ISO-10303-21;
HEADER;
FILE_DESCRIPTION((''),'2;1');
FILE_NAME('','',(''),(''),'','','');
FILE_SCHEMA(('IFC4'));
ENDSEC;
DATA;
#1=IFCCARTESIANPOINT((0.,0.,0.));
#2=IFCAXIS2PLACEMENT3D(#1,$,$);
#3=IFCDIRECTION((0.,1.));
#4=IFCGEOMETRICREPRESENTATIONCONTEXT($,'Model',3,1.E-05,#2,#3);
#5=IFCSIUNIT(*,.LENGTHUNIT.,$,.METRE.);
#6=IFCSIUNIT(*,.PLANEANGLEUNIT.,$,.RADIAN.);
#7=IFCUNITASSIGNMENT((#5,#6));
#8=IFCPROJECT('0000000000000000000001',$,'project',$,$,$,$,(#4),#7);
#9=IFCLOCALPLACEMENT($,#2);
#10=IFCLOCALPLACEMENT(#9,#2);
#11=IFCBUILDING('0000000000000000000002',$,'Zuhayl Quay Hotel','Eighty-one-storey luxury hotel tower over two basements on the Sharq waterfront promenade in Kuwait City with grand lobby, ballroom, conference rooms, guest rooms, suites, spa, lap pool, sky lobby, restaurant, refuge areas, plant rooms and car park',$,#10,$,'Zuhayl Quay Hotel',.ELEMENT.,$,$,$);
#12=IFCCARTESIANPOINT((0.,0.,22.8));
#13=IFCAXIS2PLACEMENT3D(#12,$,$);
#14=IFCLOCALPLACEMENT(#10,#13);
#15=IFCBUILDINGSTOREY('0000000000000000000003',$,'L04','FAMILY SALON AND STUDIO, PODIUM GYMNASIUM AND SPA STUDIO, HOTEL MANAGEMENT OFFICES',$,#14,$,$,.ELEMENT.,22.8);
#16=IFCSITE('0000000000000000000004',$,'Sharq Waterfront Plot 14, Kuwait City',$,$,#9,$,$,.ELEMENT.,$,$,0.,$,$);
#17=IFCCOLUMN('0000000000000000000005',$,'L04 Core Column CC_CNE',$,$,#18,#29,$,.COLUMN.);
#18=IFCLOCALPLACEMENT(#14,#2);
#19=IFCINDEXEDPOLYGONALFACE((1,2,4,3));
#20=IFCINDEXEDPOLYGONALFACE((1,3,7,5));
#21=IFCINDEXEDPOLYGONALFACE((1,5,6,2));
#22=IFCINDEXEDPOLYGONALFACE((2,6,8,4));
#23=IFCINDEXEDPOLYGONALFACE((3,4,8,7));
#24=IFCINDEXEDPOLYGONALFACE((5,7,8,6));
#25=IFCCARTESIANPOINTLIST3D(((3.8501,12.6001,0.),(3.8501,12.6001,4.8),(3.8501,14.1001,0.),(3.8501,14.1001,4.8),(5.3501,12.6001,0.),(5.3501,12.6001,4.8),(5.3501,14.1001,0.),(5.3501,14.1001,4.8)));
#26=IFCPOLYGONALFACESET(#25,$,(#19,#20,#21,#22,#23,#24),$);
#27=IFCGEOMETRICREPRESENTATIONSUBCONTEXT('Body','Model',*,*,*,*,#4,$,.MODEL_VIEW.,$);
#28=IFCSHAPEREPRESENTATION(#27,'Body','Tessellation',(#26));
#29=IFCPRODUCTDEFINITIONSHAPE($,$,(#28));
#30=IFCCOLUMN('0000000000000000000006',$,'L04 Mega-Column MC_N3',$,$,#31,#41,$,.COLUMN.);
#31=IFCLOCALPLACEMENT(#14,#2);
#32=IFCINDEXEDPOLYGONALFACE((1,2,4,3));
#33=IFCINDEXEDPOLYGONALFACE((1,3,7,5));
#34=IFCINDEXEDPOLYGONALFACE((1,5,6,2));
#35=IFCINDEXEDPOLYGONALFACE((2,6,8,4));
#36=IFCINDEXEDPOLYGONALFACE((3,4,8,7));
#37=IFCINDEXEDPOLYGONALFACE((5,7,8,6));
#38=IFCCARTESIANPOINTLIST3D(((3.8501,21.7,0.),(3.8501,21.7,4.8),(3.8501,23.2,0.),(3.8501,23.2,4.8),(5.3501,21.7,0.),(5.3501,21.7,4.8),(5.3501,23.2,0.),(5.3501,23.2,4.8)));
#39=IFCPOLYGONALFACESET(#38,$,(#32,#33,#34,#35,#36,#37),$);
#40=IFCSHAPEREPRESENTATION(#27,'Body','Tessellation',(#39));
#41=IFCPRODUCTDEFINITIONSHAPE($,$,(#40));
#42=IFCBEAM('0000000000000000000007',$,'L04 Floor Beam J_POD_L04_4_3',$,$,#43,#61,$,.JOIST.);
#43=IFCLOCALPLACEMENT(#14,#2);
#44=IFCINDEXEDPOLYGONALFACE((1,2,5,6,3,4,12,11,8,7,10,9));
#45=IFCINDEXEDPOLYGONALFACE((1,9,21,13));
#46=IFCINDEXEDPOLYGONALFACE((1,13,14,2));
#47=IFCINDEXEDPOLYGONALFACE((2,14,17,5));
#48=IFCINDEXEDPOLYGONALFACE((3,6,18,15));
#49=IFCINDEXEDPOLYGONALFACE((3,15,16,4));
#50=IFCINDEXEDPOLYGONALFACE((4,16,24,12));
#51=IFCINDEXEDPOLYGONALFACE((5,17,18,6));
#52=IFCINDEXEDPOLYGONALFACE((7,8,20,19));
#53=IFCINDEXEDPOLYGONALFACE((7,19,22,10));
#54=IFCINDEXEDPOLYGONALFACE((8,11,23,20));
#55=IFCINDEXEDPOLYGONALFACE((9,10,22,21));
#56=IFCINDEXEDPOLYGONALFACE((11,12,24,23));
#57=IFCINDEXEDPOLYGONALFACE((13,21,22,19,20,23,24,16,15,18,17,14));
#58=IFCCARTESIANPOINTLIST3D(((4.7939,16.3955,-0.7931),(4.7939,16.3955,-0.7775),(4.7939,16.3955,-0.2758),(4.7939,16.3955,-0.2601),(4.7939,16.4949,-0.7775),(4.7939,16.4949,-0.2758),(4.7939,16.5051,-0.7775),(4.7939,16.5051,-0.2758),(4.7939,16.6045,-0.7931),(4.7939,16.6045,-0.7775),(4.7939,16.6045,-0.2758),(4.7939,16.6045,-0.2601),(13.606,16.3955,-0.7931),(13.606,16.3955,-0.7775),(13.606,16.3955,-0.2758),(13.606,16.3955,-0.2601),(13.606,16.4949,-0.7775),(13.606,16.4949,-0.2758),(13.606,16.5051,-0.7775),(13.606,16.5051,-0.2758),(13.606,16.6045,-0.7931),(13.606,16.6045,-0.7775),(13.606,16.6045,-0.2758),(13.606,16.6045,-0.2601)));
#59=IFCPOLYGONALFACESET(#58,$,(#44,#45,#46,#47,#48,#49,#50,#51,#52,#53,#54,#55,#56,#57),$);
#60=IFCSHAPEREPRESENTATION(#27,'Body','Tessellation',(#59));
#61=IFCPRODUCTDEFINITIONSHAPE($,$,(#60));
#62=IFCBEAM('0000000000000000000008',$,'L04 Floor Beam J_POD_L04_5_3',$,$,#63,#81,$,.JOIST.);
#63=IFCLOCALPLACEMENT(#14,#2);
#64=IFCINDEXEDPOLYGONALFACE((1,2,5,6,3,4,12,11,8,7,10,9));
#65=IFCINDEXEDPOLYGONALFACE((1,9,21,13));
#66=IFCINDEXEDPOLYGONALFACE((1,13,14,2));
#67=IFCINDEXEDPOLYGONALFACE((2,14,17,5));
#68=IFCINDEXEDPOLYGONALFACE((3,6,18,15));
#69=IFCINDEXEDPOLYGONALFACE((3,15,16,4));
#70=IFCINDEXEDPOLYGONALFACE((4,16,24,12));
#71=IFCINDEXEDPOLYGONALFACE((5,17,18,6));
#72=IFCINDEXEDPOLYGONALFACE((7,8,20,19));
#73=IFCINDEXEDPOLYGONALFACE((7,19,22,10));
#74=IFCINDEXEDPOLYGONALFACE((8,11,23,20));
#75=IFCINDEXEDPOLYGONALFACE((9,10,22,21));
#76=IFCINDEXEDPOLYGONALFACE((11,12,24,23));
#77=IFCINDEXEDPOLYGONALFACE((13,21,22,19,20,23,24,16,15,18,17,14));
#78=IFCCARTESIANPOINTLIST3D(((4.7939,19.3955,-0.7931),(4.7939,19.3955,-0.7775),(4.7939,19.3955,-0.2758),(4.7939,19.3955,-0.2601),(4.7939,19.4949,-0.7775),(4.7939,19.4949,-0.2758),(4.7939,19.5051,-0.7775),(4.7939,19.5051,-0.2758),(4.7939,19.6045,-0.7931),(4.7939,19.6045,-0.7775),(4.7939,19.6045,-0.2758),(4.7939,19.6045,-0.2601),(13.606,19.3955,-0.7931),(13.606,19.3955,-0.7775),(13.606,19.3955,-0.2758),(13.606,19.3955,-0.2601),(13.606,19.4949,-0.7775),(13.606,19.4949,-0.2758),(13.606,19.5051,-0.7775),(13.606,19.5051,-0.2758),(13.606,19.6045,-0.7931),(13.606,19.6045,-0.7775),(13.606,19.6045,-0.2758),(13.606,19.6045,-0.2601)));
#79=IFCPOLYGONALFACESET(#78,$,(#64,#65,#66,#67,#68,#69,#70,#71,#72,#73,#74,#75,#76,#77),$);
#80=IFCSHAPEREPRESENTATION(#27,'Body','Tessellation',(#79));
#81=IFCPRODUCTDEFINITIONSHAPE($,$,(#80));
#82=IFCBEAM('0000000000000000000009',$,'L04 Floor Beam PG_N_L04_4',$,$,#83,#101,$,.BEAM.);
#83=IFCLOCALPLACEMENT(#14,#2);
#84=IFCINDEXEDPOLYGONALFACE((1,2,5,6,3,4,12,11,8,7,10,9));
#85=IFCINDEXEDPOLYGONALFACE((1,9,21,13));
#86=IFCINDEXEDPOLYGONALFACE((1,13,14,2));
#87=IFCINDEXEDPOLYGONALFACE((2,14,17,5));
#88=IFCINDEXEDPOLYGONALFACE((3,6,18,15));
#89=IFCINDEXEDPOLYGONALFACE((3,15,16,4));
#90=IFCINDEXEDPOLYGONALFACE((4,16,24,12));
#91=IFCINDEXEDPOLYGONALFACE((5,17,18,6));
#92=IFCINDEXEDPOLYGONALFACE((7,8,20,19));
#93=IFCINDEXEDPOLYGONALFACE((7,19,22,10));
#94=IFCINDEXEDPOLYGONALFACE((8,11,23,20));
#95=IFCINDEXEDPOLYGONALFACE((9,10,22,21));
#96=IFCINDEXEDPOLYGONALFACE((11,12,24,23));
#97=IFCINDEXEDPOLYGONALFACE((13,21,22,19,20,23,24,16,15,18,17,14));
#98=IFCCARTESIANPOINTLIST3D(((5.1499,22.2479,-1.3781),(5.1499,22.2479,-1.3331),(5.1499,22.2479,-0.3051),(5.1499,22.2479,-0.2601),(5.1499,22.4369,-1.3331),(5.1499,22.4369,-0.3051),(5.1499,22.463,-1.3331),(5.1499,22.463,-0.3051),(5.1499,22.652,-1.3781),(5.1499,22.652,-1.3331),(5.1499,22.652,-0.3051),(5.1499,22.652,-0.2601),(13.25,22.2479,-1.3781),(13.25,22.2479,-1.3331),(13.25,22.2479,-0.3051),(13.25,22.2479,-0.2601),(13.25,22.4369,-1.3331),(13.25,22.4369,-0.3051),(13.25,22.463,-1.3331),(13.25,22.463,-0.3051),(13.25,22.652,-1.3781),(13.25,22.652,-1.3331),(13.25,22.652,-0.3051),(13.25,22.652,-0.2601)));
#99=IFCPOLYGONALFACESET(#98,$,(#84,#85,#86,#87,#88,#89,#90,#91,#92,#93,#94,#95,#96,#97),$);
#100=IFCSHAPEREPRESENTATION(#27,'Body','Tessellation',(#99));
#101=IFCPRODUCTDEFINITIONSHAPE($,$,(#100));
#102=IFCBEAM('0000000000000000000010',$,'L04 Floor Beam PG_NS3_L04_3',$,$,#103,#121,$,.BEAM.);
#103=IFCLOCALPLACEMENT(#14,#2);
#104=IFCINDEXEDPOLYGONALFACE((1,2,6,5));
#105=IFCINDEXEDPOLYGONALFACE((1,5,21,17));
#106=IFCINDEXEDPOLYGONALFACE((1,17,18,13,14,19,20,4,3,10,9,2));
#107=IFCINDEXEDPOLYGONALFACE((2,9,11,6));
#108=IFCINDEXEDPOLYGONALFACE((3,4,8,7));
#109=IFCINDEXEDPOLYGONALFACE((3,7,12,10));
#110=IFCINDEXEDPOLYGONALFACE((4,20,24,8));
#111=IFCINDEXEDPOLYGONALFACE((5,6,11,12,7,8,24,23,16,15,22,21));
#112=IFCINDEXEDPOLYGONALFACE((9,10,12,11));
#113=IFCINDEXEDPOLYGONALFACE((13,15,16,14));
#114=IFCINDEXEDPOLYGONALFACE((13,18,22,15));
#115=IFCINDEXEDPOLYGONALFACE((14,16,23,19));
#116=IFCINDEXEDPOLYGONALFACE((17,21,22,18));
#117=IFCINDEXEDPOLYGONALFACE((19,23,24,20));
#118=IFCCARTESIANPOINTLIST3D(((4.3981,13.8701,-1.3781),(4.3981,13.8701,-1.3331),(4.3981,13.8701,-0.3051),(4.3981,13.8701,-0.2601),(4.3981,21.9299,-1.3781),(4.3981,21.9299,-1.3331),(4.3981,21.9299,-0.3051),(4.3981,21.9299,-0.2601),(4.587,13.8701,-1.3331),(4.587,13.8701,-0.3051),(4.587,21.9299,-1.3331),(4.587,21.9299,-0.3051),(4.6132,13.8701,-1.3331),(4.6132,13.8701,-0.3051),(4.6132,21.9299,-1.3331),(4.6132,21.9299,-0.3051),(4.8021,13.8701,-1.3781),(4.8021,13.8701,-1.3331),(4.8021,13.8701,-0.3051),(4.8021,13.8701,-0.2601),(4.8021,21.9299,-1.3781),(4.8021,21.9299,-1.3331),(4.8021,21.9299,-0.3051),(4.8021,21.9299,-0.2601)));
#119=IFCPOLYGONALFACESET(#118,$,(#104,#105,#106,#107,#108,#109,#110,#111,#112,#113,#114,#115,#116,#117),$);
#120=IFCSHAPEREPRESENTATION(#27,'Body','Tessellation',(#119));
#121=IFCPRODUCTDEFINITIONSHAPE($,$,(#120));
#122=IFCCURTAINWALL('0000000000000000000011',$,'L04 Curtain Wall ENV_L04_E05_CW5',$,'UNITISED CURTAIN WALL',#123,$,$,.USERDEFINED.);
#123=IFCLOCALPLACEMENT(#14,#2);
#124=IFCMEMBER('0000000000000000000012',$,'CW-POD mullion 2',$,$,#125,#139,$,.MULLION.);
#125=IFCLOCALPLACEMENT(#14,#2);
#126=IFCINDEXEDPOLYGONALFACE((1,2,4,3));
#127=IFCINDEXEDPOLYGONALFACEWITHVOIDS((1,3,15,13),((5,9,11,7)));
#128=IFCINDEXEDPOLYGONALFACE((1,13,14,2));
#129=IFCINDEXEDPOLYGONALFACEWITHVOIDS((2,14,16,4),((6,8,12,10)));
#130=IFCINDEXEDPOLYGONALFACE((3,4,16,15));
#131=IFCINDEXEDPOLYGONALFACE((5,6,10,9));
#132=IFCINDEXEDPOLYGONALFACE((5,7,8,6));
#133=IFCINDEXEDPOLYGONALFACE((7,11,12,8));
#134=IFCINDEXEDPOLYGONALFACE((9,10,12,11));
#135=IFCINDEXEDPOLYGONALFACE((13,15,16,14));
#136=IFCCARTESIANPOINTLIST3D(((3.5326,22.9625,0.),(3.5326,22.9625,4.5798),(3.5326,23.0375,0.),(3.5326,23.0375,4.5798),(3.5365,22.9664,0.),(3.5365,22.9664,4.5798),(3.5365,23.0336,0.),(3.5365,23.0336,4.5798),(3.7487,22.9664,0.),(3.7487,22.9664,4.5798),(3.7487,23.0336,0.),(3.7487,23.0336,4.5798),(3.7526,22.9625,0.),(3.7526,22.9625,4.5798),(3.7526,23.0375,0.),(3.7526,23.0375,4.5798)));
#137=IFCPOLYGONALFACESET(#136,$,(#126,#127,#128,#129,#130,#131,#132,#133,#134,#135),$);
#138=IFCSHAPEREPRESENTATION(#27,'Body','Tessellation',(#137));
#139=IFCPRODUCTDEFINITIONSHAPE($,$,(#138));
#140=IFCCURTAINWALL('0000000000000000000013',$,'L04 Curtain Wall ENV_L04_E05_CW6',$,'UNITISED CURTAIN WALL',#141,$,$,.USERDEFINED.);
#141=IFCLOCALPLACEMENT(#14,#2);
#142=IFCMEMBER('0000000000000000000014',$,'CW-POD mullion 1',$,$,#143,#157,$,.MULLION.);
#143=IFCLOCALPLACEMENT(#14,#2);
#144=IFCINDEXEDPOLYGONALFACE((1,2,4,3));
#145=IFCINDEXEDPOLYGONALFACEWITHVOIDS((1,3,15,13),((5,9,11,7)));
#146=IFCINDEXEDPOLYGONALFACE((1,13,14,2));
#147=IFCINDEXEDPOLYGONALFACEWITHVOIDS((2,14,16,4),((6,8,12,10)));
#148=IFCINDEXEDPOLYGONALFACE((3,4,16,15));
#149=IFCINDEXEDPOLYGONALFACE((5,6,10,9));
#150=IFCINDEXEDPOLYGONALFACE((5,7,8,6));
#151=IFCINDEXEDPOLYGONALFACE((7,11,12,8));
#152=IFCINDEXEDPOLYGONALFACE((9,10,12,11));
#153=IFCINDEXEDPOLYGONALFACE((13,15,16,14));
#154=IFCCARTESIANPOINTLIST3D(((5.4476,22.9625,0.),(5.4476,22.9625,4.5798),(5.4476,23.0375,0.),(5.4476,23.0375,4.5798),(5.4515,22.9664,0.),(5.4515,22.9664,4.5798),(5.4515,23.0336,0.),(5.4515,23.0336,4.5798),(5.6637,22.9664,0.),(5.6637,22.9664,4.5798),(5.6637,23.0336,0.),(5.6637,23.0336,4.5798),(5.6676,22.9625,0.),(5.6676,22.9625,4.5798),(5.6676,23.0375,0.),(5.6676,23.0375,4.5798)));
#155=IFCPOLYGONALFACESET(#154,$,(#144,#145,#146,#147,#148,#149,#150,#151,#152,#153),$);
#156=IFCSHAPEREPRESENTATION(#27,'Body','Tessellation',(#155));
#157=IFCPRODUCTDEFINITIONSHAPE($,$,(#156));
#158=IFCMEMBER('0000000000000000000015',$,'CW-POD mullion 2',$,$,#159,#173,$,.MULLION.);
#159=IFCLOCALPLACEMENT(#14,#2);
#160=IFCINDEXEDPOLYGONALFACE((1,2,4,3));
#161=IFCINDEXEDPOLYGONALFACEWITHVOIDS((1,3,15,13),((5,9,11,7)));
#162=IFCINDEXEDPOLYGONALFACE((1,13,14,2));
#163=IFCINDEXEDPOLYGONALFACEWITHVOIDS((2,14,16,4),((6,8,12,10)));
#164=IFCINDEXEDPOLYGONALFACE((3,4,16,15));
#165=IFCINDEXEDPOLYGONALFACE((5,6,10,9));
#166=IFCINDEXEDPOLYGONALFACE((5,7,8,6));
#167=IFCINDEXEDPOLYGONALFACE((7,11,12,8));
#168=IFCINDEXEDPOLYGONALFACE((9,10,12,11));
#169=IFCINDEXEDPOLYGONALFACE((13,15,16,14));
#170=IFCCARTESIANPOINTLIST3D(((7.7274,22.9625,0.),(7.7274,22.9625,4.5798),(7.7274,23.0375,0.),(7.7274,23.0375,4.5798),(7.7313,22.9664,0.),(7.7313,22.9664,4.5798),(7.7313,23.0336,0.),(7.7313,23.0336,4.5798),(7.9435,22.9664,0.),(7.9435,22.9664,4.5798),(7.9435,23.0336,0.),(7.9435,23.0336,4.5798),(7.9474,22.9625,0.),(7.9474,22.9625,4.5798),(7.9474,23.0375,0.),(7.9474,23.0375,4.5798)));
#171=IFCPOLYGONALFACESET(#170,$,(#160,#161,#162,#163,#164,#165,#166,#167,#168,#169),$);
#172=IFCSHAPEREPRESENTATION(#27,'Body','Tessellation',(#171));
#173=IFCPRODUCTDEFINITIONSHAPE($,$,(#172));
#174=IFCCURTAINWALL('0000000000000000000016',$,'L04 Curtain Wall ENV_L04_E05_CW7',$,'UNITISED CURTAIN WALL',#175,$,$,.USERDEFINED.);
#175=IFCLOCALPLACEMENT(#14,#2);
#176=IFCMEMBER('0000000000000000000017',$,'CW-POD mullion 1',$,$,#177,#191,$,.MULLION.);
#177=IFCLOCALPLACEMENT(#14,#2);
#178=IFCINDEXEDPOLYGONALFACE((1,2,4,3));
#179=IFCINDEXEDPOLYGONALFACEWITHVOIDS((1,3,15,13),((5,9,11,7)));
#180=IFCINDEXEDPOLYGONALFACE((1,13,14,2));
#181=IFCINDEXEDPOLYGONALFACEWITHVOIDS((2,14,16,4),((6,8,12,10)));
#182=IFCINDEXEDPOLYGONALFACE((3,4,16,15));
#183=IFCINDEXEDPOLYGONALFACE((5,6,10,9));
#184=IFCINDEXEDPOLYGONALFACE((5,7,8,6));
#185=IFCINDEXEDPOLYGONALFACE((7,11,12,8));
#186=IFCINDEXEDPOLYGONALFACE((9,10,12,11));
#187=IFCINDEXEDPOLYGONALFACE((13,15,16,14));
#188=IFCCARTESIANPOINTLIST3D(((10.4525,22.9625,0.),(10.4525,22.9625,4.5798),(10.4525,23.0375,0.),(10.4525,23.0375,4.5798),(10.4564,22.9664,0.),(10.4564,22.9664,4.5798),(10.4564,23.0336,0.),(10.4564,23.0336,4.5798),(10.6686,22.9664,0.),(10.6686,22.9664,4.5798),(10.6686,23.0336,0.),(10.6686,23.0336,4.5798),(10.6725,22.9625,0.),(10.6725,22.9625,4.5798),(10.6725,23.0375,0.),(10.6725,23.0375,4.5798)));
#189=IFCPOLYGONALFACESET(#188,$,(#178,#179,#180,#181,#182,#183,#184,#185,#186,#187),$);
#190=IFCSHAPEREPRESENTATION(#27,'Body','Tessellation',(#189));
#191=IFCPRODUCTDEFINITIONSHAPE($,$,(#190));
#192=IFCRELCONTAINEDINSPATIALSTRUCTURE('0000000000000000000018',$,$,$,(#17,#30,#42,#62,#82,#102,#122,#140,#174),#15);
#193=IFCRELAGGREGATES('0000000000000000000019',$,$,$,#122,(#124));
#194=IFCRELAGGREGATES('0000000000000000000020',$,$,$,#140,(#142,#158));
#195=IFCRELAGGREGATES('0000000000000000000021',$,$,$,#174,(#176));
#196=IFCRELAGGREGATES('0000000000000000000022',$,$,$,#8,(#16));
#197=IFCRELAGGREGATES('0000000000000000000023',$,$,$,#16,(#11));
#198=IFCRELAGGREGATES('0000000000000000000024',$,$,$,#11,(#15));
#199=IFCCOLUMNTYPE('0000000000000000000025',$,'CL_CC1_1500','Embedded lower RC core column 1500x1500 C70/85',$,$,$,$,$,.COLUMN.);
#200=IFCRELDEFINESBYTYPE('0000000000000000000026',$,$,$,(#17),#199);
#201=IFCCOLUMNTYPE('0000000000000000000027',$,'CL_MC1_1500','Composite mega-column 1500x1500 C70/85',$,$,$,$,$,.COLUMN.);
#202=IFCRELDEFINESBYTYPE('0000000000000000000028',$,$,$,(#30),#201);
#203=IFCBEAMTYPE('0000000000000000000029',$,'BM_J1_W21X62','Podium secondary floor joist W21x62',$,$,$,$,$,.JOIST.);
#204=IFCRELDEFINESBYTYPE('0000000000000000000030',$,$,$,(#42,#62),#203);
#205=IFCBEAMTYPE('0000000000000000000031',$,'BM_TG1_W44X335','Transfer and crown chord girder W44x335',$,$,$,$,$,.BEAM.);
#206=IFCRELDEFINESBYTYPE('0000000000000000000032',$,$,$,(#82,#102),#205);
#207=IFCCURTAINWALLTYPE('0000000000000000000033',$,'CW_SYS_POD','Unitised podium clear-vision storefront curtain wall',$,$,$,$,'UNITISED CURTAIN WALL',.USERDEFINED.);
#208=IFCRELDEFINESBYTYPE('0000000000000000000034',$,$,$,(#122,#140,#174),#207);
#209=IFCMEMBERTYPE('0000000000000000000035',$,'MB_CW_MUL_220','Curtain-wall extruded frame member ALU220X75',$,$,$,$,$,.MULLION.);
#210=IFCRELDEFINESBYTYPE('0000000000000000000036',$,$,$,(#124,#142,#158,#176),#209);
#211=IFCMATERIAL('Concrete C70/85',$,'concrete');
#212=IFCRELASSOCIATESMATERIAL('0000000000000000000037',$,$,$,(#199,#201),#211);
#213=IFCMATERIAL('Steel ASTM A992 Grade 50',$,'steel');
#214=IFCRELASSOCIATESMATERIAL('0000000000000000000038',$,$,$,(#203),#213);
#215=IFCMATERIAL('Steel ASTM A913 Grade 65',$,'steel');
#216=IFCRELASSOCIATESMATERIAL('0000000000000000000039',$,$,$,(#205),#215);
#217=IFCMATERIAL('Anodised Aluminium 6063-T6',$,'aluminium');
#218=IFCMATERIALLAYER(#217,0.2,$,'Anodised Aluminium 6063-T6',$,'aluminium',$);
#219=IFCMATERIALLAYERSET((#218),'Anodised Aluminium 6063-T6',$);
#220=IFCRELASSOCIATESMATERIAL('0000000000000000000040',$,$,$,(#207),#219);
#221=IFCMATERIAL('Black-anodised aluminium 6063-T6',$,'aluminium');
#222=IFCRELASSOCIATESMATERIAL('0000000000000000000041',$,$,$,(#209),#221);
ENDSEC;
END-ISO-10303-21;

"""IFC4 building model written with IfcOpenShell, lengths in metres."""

from ifc_helpers import new_model, si_unit, direction, frame, origin, origin_2d, place, context, subcontext, project, spatial, rectangle, hollow_rectangle, i_section, extrude, material, layer, layer_set, material_profile, profile_set, type_object, element, aggregate, save


model = new_model("IFC4")

# Units and contexts
model_context = context("Model", 3, precision=1e-05, world=origin(), true_north=direction((0.0, 1.0)))
body_context = subcontext(model_context, "Body", "Model", "MODEL_VIEW")
ifc_project = project(units=[si_unit("LENGTHUNIT", "METRE"), si_unit("PLANEANGLEUNIT", "RADIAN")], contexts=[model_context])

# Site, building, storey
site_placement = place(None, origin())
site = spatial("IfcSite", under=ifc_project, at=site_placement, Name="Sharq Waterfront Plot 14, Kuwait City", CompositionType="ELEMENT", RefElevation=0.0)
building_placement = place(site_placement, origin())
building = spatial("IfcBuilding", under=site, at=building_placement, Name="Zuhayl Quay Hotel", Description="Eighty-one-storey luxury hotel tower over two basements on the Sharq waterfront promenade in Kuwait City with grand lobby, ballroom, conference rooms, guest rooms, suites, spa, lap pool, sky lobby, restaurant, refuge areas, plant rooms and car park", LongName="Zuhayl Quay Hotel", CompositionType="ELEMENT")
storey_placement = place(building_placement, frame((0.0, 0.0, 22.8)))
storey = spatial("IfcBuildingStorey", under=building, at=storey_placement, Name="L04", Description="FAMILY SALON AND STUDIO, PODIUM GYMNASIUM AND SPA STUDIO, HOTEL MANAGEMENT OFFICES", CompositionType="ELEMENT", Elevation=22.8)

# Columns
ifc_material_1 = material(Name="Concrete C70/85", Category="concrete")
ifc_material_profile_1 = material_profile(ifc_material_1, rectangle(XDim=1.5, YDim=1.5, at=origin_2d()), Name="RC1500X1500")
ifc_profile_set_1 = profile_set([ifc_material_profile_1], Name="Concrete C70/85")
column_type_1 = type_object("IfcColumnType", Name="CL_CC1_1500", Description="Embedded lower RC core column 1500x1500 C70/85", PredefinedType="COLUMN", material=ifc_profile_set_1)
column_1_placement = place(storey_placement, frame((4.6001, 13.3501, 0.0), z_axis=(0.0, 0.0, 1.0), x_axis=(1.0, 0.0, 0.0)))
element("IfcColumn", 1, at=column_1_placement, inside=storey, type_object=column_type_1, Name="L04 Core Column CC_CNE", PredefinedType="COLUMN", context=body_context, shape_type="SweptSolid", body=[
    extrude(rectangle(XDim=1.5, YDim=1.5, at=origin_2d()), origin(), (0.0, 0.0, 1.0), 4.8),
])
ifc_material_profile_2 = material_profile(ifc_material_1, rectangle(XDim=1.5, YDim=1.5, at=origin_2d()), Name="RC1500X1500")
ifc_profile_set_2 = profile_set([ifc_material_profile_2], Name="Concrete C70/85")
column_type_2 = type_object("IfcColumnType", Name="CL_MC1_1500", Description="Composite mega-column 1500x1500 C70/85", PredefinedType="COLUMN", material=ifc_profile_set_2)
column_2_placement = place(storey_placement, frame((4.6001, 22.45, 0.0), z_axis=(0.0, 0.0, 1.0), x_axis=(1.0, 0.0, 0.0)))
element("IfcColumn", 2, at=column_2_placement, inside=storey, type_object=column_type_2, Name="L04 Mega-Column MC_N3", PredefinedType="COLUMN", context=body_context, shape_type="SweptSolid", body=[
    extrude(rectangle(XDim=1.5, YDim=1.5, at=origin_2d()), origin(), (0.0, 0.0, 1.0), 4.8),
])

# Beams
ifc_material_2 = material(Name="Steel ASTM A992 Grade 50", Category="steel")
ifc_material_profile_3 = material_profile(ifc_material_2, i_section(OverallWidth=0.209, OverallDepth=0.533, WebThickness=0.0103, FlangeThickness=0.0156, at=origin_2d()), Name="W21X62")
ifc_profile_set_3 = profile_set([ifc_material_profile_3], Name="Steel ASTM A992 Grade 50")
beam_type_1 = type_object("IfcBeamType", Name="BM_J1_W21X62", Description="Podium secondary floor joist W21x62", PredefinedType="JOIST", material=ifc_profile_set_3)
for number, where, z_axis, x_axis, name in (
    (3, (4.7939, 16.5, -0.5266), (1.0, 0.0, 0.0), (0.0, 1.0, 0.0), "L04 Floor Beam J_POD_L04_4_3"),
    (4, (4.7939, 19.5, -0.5266), (1.0, 0.0, 0.0), (0.0, 1.0, 0.0), "L04 Floor Beam J_POD_L04_5_3"),
):
    element("IfcBeam", number, at=place(storey_placement, frame(where, z_axis=z_axis, x_axis=x_axis)), inside=storey, type_object=beam_type_1, Name=name, PredefinedType="JOIST", context=body_context, shape_type="SweptSolid", body=[
        extrude(i_section(OverallWidth=0.209, OverallDepth=0.533, WebThickness=0.0103, FlangeThickness=0.0156, at=origin_2d()), origin(), (0.0, 0.0, 1.0), 8.812),
    ])
ifc_material_3 = material(Name="Steel ASTM A913 Grade 65", Category="steel")
ifc_material_profile_4 = material_profile(ifc_material_3, i_section(OverallWidth=0.4041, OverallDepth=1.1179, WebThickness=0.0261, FlangeThickness=0.0449, at=origin_2d()), Name="W44X335")
ifc_profile_set_4 = profile_set([ifc_material_profile_4], Name="Steel ASTM A913 Grade 65")
beam_type_2 = type_object("IfcBeamType", Name="BM_TG1_W44X335", Description="Transfer and crown chord girder W44x335", PredefinedType="BEAM", material=ifc_profile_set_4)
beam_1_placement = place(storey_placement, frame((5.1499, 22.45, -0.8191), z_axis=(1.0, 0.0, 0.0), x_axis=(0.0, 1.0, 0.0)))
element("IfcBeam", 5, at=beam_1_placement, inside=storey, type_object=beam_type_2, Name="L04 Floor Beam PG_N_L04_4", PredefinedType="BEAM", context=body_context, shape_type="SweptSolid", body=[
    extrude(i_section(OverallWidth=0.4041, OverallDepth=1.1179, WebThickness=0.0261, FlangeThickness=0.0449, at=origin_2d()), origin(), (0.0, 0.0, 1.0), 8.1001),
])
beam_2_placement = place(storey_placement, frame((4.6001, 13.8701, -0.8191), z_axis=(0.0, 1.0, 0.0), x_axis=(-1.0, 0.0, 0.0)))
element("IfcBeam", 6, at=beam_2_placement, inside=storey, type_object=beam_type_2, Name="L04 Floor Beam PG_NS3_L04_3", PredefinedType="BEAM", context=body_context, shape_type="SweptSolid", body=[
    extrude(i_section(OverallWidth=0.4041, OverallDepth=1.1179, WebThickness=0.0261, FlangeThickness=0.0449, at=origin_2d()), origin(), (0.0, 0.0, 1.0), 8.0598),
])

# Curtain wall, member
ifc_material_4 = material(Name="Anodised Aluminium 6063-T6", Category="aluminium")
ifc_layer_1 = layer(ifc_material_4, 0.2, Name="Anodised Aluminium 6063-T6", Category="aluminium")
ifc_layer_set_1 = layer_set([ifc_layer_1], Name="Anodised Aluminium 6063-T6")
curtain_wall_type = type_object("IfcCurtainWallType", Name="CW_SYS_POD", Description="Unitised podium clear-vision storefront curtain wall", ElementType="UNITISED CURTAIN WALL", PredefinedType="USERDEFINED", material=ifc_layer_set_1)
curtain_wall_1_placement = place(storey_placement, origin())
curtain_wall_1 = element("IfcCurtainWall", 7, at=curtain_wall_1_placement, inside=storey, type_object=curtain_wall_type, Name="L04 Curtain Wall ENV_L04_E05_CW5", ObjectType="UNITISED CURTAIN WALL", PredefinedType="USERDEFINED")
ifc_material_5 = material(Name="Black-anodised aluminium 6063-T6", Category="aluminium")
ifc_material_profile_5 = material_profile(ifc_material_5, hollow_rectangle(XDim=0.075, YDim=0.22, WallThickness=0.0039, at=origin_2d()), Name="ALU220X75")
ifc_profile_set_5 = profile_set([ifc_material_profile_5], Name="Black-anodised aluminium 6063-T6")
member_type_1 = type_object("IfcMemberType", Name="MB_CW_MUL_220", Description="Curtain-wall extruded frame member ALU220X75", PredefinedType="MULLION", material=ifc_profile_set_5)
member_1_placement = place(storey_placement, frame((3.6426, 23.0, 0.0), z_axis=(0.0, 0.0, 1.0), x_axis=(0.0, 1.0, 0.0)))
member_1 = element("IfcMember", 8, at=member_1_placement, type_object=member_type_1, Name="CW-POD mullion 2", PredefinedType="MULLION", context=body_context, shape_type="SweptSolid", body=[
    extrude(hollow_rectangle(XDim=0.075, YDim=0.22, WallThickness=0.0039, at=origin_2d()), origin(), (0.0, 0.0, 1.0), 4.5798),
])

# Curtain wall, members
curtain_wall_2_placement = place(storey_placement, origin())
curtain_wall_2 = element("IfcCurtainWall", 9, at=curtain_wall_2_placement, inside=storey, type_object=curtain_wall_type, Name="L04 Curtain Wall ENV_L04_E05_CW6", ObjectType="UNITISED CURTAIN WALL", PredefinedType="USERDEFINED")
member_2_placement = place(storey_placement, frame((5.5576, 23.0, 0.0), z_axis=(0.0, 0.0, 1.0), x_axis=(0.0, 1.0, 0.0)))
member_2 = element("IfcMember", 10, at=member_2_placement, type_object=member_type_1, Name="CW-POD mullion 1", PredefinedType="MULLION", context=body_context, shape_type="SweptSolid", body=[
    extrude(hollow_rectangle(XDim=0.075, YDim=0.22, WallThickness=0.0039, at=origin_2d()), origin(), (0.0, 0.0, 1.0), 4.5798),
])
member_3_placement = place(storey_placement, frame((7.8374, 23.0, 0.0), z_axis=(0.0, 0.0, 1.0), x_axis=(0.0, 1.0, 0.0)))
member_3 = element("IfcMember", 11, at=member_3_placement, type_object=member_type_1, Name="CW-POD mullion 2", PredefinedType="MULLION", context=body_context, shape_type="SweptSolid", body=[
    extrude(hollow_rectangle(XDim=0.075, YDim=0.22, WallThickness=0.0039, at=origin_2d()), origin(), (0.0, 0.0, 1.0), 4.5798),
])

# Curtain wall, member
curtain_wall_3_placement = place(storey_placement, origin())
curtain_wall_3 = element("IfcCurtainWall", 12, at=curtain_wall_3_placement, inside=storey, type_object=curtain_wall_type, Name="L04 Curtain Wall ENV_L04_E05_CW7", ObjectType="UNITISED CURTAIN WALL", PredefinedType="USERDEFINED")
member_4_placement = place(storey_placement, frame((10.5625, 23.0, 0.0), z_axis=(0.0, 0.0, 1.0), x_axis=(0.0, 1.0, 0.0)))
member_4 = element("IfcMember", 13, at=member_4_placement, type_object=member_type_1, Name="CW-POD mullion 1", PredefinedType="MULLION", context=body_context, shape_type="SweptSolid", body=[
    extrude(hollow_rectangle(XDim=0.075, YDim=0.22, WallThickness=0.0039, at=origin_2d()), origin(), (0.0, 0.0, 1.0), 4.5798),
])

aggregate(curtain_wall_1, [member_1])
aggregate(curtain_wall_2, [member_2, member_3])
aggregate(curtain_wall_3, [member_4])

save(model, "model.ifc")
